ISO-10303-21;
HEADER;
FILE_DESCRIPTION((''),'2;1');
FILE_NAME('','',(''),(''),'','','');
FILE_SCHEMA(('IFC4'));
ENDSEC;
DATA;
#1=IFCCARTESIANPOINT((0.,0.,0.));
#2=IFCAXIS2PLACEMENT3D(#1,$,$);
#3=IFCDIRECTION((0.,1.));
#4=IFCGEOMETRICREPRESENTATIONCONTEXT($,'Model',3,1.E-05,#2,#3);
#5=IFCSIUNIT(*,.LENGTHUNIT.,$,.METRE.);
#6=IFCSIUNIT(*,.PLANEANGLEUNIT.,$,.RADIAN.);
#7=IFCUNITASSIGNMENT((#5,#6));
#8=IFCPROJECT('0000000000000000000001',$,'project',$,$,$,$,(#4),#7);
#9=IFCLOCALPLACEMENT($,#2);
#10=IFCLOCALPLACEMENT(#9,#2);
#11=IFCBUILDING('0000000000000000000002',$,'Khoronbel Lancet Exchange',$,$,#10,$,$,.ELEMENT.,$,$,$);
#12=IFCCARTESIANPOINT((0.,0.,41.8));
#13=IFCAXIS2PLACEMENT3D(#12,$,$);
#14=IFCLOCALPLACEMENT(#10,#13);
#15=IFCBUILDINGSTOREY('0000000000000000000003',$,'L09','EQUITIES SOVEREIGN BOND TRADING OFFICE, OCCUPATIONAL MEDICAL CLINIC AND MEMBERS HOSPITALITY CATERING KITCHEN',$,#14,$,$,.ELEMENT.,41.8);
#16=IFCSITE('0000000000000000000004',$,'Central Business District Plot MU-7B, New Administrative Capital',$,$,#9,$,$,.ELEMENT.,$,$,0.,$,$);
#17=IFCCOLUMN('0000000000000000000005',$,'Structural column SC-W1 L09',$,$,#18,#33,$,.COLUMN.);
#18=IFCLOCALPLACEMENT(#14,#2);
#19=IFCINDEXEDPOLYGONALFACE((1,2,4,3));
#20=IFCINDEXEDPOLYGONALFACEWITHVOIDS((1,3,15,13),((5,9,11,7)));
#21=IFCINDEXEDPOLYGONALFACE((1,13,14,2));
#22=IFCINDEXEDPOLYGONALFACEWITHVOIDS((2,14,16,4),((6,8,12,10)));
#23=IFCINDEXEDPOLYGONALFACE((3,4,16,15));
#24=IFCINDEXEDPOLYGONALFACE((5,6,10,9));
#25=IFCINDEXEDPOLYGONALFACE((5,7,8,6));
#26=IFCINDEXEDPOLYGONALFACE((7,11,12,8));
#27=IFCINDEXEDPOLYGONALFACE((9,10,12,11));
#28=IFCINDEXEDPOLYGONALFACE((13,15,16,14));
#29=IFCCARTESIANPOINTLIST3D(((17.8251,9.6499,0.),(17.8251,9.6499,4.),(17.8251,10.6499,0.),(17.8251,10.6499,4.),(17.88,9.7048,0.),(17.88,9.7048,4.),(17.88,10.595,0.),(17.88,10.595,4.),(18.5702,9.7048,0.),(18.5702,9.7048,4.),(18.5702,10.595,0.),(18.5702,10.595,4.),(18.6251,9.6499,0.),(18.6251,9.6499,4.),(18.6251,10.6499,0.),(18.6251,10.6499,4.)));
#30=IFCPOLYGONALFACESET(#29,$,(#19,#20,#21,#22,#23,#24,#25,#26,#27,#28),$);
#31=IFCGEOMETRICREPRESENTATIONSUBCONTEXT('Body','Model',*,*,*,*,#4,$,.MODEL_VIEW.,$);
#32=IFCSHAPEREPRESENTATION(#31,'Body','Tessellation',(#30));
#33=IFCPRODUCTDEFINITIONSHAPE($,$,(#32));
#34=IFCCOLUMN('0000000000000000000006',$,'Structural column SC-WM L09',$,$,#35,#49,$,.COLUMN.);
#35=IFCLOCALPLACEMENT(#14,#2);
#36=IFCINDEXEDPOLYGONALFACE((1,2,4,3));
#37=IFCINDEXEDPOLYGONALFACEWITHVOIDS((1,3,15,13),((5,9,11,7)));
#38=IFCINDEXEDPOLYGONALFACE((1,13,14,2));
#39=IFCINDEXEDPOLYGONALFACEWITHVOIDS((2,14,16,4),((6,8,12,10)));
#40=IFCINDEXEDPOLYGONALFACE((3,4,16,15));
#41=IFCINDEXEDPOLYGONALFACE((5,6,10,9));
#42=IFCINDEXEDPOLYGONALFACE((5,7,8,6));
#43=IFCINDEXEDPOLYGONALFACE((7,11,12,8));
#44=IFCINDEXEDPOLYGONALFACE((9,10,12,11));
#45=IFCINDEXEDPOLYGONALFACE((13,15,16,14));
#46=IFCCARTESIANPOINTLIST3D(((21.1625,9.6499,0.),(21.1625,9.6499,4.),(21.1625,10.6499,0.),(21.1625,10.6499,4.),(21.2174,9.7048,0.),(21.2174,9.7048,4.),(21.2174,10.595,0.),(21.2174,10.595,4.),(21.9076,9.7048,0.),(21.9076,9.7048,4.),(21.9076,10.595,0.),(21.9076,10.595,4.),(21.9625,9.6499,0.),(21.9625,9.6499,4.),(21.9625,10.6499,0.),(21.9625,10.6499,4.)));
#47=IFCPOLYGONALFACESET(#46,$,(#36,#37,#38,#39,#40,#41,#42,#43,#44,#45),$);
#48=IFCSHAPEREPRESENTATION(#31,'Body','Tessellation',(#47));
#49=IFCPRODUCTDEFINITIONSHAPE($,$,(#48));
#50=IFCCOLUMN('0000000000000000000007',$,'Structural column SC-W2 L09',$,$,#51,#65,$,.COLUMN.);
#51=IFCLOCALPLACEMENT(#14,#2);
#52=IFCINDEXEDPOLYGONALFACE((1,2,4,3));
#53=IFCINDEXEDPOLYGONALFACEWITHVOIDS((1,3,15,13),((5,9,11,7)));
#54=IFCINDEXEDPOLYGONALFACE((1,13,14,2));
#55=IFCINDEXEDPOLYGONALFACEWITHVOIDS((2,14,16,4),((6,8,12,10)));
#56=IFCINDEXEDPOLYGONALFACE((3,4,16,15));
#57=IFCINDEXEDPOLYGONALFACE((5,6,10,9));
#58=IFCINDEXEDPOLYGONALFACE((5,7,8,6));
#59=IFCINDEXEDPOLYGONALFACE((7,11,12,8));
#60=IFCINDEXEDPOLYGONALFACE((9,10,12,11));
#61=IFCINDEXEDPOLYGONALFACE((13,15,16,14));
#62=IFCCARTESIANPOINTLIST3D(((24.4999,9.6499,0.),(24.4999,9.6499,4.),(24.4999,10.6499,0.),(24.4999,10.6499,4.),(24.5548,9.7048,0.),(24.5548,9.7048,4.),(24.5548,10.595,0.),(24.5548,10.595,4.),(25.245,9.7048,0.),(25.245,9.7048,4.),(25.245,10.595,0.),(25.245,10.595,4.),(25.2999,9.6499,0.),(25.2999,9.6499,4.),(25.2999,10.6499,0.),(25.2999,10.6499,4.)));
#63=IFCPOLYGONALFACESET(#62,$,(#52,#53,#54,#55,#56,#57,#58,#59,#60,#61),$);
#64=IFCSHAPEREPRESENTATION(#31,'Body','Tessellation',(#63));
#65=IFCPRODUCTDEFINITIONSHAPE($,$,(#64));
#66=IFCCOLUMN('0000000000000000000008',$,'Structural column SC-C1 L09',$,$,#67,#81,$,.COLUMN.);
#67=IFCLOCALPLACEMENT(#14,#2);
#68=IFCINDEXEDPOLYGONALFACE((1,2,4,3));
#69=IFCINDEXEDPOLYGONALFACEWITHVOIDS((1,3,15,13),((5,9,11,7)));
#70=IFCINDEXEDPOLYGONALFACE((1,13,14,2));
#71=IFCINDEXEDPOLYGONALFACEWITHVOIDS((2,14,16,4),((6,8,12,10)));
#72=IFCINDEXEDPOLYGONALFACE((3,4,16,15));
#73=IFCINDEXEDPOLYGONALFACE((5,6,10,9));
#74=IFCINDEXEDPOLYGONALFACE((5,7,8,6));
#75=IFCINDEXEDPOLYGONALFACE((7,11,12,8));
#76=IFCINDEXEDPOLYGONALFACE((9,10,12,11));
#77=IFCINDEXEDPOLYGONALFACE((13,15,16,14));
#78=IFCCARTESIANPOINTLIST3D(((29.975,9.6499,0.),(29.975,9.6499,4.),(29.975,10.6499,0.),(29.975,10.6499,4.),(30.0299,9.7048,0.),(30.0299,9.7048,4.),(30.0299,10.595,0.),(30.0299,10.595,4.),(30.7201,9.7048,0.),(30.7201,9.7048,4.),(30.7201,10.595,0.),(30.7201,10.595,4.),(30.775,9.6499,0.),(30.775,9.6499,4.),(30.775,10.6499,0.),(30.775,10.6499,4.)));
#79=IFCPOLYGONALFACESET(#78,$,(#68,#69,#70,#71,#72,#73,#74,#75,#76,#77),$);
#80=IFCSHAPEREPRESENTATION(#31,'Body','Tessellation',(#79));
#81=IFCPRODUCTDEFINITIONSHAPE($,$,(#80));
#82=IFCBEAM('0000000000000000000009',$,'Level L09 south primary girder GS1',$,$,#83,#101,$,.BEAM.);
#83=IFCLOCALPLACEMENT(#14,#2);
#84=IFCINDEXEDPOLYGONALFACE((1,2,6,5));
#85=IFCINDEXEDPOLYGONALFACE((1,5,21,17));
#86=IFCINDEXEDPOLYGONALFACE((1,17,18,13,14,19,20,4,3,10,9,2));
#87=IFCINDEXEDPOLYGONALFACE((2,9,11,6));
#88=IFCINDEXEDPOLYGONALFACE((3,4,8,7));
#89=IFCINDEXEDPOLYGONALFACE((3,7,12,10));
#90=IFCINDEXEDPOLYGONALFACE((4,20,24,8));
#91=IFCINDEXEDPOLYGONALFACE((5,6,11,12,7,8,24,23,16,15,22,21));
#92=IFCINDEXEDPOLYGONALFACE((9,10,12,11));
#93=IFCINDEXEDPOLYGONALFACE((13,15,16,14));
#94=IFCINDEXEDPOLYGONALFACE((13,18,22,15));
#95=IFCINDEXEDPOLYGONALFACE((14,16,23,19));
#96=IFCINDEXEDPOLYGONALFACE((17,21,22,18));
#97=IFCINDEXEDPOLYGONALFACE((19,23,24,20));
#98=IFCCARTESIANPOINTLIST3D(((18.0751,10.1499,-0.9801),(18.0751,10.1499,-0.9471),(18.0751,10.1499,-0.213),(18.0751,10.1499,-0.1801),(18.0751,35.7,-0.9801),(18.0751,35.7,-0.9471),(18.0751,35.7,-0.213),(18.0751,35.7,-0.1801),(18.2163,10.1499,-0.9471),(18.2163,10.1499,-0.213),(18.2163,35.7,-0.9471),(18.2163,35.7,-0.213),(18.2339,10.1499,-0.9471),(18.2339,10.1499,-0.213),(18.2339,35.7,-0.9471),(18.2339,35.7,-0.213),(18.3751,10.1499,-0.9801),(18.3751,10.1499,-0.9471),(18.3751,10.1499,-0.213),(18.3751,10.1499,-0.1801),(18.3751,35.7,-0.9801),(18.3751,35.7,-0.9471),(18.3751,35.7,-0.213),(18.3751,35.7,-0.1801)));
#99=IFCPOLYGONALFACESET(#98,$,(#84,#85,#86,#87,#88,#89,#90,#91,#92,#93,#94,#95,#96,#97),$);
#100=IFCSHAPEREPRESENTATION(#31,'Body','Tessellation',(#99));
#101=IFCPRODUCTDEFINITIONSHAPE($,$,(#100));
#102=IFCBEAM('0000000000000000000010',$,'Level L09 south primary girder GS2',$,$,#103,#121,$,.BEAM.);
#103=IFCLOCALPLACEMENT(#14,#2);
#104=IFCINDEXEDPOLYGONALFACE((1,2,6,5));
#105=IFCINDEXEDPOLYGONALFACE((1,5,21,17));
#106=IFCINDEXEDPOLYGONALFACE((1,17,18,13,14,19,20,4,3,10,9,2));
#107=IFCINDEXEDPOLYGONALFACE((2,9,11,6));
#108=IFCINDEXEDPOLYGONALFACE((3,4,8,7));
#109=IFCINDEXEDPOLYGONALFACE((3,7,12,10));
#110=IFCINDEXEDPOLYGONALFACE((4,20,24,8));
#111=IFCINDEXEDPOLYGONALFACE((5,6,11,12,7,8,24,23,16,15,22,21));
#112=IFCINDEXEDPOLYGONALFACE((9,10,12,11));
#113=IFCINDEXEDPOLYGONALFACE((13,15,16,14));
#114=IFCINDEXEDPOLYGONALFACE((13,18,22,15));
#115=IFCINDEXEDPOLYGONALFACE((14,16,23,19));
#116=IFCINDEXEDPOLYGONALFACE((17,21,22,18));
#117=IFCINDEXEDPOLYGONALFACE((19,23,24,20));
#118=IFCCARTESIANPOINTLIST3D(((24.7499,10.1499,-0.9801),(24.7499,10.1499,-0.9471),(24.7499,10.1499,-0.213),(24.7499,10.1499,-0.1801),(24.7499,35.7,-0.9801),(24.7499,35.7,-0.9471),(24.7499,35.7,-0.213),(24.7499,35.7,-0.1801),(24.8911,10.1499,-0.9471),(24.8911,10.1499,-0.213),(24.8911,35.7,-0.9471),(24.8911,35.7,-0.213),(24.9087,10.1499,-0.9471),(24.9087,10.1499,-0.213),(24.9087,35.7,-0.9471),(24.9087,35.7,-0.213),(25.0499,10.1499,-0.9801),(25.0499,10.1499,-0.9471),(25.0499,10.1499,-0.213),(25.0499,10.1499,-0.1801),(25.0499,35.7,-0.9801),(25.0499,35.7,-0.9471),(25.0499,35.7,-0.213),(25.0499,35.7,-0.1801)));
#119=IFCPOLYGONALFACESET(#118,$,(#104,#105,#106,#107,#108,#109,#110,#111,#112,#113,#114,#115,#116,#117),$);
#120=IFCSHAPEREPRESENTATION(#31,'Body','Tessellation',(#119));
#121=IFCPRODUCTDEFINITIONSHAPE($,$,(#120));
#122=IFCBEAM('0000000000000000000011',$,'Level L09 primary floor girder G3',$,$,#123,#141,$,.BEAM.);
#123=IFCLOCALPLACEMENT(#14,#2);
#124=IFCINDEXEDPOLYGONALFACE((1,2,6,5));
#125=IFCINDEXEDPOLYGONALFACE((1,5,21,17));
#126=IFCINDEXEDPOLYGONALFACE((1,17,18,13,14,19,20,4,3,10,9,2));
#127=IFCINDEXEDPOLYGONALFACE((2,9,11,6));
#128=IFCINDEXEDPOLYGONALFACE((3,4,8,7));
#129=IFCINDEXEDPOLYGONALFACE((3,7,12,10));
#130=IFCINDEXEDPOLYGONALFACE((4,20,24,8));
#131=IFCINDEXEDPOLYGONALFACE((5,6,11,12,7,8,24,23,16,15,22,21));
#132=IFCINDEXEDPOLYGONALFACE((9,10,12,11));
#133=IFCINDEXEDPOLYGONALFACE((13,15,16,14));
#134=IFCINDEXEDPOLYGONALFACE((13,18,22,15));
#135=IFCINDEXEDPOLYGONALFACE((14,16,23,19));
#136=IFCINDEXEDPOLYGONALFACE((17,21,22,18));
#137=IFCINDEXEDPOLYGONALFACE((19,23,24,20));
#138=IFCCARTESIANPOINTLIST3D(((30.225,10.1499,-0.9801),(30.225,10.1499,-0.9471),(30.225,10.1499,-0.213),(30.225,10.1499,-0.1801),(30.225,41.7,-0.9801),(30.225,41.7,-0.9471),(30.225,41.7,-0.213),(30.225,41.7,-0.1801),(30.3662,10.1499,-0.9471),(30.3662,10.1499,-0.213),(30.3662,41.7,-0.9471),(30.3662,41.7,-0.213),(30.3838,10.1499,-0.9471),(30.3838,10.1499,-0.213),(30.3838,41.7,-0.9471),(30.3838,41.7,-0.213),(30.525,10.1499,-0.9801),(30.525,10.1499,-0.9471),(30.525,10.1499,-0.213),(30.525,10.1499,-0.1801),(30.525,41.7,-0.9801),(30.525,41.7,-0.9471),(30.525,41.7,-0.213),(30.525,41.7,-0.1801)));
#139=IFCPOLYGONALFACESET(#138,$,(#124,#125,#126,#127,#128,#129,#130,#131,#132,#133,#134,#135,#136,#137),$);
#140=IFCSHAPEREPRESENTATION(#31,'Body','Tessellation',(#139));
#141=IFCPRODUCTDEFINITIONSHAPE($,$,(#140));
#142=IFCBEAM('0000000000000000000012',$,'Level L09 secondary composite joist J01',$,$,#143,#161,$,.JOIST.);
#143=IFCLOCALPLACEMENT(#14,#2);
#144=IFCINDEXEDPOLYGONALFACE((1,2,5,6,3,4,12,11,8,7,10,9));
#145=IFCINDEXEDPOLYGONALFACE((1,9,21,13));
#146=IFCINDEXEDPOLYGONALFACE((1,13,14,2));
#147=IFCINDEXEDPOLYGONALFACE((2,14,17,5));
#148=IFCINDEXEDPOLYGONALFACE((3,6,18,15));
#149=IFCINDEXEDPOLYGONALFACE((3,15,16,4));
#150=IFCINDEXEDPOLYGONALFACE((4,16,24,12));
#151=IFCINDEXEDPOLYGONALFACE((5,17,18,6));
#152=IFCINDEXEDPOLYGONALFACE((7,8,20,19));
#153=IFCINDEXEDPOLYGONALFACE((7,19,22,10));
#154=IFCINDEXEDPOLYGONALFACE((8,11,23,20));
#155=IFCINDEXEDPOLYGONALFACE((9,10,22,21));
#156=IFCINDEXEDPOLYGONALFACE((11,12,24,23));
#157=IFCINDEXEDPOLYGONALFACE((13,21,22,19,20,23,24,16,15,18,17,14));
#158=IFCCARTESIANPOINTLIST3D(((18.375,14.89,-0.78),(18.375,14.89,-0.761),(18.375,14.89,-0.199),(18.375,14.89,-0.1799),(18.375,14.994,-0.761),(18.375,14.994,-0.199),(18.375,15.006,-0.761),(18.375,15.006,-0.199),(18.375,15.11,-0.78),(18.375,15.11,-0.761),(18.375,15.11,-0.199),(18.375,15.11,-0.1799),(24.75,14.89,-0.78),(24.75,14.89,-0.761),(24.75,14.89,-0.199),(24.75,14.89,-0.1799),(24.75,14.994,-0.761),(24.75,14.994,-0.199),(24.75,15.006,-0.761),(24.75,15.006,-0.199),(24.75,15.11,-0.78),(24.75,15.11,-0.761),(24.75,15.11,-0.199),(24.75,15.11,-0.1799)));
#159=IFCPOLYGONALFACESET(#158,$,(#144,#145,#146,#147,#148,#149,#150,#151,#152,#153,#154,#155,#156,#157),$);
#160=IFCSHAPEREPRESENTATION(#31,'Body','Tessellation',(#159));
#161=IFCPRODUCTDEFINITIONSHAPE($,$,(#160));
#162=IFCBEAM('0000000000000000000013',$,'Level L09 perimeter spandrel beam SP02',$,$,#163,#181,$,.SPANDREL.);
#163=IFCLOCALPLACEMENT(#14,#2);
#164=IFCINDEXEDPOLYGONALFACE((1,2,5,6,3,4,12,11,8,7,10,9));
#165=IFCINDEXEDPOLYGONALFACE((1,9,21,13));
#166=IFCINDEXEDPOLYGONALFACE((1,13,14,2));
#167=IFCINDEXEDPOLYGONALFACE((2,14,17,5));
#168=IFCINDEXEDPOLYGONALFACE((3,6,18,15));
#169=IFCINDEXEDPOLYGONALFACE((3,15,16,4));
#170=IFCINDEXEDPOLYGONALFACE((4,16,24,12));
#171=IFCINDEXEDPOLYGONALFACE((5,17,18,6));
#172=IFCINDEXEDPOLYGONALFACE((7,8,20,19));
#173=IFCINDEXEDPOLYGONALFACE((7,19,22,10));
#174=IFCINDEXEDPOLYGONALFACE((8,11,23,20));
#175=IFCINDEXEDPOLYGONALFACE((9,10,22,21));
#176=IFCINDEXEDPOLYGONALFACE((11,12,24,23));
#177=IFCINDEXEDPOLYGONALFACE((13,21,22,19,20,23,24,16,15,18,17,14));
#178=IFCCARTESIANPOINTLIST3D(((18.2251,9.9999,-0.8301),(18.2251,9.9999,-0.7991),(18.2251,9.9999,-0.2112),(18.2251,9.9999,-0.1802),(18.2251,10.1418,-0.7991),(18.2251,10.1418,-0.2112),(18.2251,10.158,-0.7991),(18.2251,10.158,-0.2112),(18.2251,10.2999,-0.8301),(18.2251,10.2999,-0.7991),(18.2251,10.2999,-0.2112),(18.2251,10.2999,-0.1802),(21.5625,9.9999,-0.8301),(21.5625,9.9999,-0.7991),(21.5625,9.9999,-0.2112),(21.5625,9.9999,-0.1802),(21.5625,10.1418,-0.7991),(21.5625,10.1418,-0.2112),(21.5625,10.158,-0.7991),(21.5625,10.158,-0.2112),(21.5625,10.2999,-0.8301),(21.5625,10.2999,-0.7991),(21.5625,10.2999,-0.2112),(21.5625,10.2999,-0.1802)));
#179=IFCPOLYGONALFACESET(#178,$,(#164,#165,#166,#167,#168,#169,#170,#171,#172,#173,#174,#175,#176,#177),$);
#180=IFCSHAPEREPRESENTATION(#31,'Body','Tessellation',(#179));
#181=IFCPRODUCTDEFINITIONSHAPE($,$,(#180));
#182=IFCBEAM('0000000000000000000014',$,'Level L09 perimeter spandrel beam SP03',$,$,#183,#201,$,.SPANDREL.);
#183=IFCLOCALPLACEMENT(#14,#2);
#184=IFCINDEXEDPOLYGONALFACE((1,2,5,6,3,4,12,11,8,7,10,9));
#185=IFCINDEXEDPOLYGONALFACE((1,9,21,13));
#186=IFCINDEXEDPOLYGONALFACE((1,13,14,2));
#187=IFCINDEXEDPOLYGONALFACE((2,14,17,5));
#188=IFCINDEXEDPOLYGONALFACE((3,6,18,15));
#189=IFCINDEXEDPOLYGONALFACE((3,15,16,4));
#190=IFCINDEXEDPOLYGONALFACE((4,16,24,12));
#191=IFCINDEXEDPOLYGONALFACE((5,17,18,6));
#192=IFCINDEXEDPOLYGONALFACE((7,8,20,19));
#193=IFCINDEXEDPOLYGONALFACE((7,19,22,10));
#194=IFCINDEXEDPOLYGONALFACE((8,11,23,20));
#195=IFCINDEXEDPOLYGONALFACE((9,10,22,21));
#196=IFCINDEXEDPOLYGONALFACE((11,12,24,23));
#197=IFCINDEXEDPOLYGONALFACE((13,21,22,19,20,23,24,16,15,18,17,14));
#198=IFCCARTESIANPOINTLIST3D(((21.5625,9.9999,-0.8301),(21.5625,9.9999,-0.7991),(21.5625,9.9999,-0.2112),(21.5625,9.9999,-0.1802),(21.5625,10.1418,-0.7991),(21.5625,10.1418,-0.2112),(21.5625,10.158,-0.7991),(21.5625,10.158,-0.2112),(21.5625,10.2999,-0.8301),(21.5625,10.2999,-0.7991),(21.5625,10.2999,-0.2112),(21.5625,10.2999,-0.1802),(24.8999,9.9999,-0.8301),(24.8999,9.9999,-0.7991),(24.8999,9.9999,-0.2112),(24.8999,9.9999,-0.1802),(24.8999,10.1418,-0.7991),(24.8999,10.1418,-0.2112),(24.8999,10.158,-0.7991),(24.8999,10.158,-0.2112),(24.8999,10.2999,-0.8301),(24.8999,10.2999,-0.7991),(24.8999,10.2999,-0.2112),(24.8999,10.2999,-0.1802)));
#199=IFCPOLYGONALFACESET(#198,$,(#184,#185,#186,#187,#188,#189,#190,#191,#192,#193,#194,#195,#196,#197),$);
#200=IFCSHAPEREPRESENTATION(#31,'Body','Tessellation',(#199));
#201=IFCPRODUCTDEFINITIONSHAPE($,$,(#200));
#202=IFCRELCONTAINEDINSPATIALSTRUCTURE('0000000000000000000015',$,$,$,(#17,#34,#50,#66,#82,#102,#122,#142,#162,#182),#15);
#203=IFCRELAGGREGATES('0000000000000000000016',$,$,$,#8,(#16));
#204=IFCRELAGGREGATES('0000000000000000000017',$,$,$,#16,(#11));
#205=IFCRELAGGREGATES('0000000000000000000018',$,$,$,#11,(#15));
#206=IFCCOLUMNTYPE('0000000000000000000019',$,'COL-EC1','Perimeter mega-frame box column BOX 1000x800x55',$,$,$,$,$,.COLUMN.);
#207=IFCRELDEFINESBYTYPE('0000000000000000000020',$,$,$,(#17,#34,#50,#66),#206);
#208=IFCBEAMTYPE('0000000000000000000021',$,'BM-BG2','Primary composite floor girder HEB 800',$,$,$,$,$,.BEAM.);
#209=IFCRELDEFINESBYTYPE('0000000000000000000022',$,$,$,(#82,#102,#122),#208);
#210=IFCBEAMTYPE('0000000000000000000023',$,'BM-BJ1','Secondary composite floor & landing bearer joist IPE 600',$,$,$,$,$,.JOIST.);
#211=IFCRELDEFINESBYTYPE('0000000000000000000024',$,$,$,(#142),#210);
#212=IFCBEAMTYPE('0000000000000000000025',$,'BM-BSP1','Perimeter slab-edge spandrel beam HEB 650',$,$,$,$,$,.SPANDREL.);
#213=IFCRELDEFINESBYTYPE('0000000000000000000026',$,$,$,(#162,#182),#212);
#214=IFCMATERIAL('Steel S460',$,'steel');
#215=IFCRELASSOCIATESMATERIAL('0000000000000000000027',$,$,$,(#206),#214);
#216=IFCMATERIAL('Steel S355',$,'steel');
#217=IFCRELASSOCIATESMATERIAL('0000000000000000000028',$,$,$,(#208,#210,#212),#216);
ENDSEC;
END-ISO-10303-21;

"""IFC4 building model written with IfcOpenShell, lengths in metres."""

from ifc_helpers import new_model, si_unit, direction, frame, origin, origin_2d, place, context, subcontext, project, spatial, hollow_rectangle, i_section, extrude, material, material_profile, profile_set, type_object, element, save


model = new_model("IFC4")

# Units and contexts
model_context = context("Model", 3, precision=1e-05, world=origin(), true_north=direction((0.0, 1.0)))
body_context = subcontext(model_context, "Body", "Model", "MODEL_VIEW")
ifc_project = project(units=[si_unit("LENGTHUNIT", "METRE"), si_unit("PLANEANGLEUNIT", "RADIAN")], contexts=[model_context])

# Site, building, storey
site_placement = place(None, origin())
site = spatial("IfcSite", under=ifc_project, at=site_placement, Name="Central Business District Plot MU-7B, New Administrative Capital", CompositionType="ELEMENT", RefElevation=0.0)
building_placement = place(site_placement, origin())
building = spatial("IfcBuilding", under=site, at=building_placement, Name="Khoronbel Lancet Exchange", CompositionType="ELEMENT")
storey_placement = place(building_placement, frame((0.0, 0.0, 41.8)))
storey = spatial("IfcBuildingStorey", under=building, at=storey_placement, Name="L09", Description="EQUITIES SOVEREIGN BOND TRADING OFFICE, OCCUPATIONAL MEDICAL CLINIC AND MEMBERS HOSPITALITY CATERING KITCHEN", CompositionType="ELEMENT", Elevation=41.8)

# Columns
ifc_material_1 = material(Name="Steel S460", Category="steel")
ifc_material_profile_1 = material_profile(ifc_material_1, hollow_rectangle(XDim=0.8, YDim=1.0, WallThickness=0.0549, at=origin_2d()), Name="BOX 1000x800x55")
ifc_profile_set_1 = profile_set([ifc_material_profile_1], Name="Steel S460")
column_type = type_object("IfcColumnType", Name="COL-EC1", Description="Perimeter mega-frame box column BOX 1000x800x55", PredefinedType="COLUMN", material=ifc_profile_set_1)
for number, where, z_axis, x_axis, name in (
    (1, (18.2251, 10.1499, 0.0), (0.0, 0.0, 1.0), (1.0, 0.0, 0.0), "Structural column SC-W1 L09"),
    (2, (21.5625, 10.1499, 0.0), (0.0, 0.0, 1.0), (1.0, 0.0, 0.0), "Structural column SC-WM L09"),
    (3, (24.8999, 10.1499, 0.0), (0.0, 0.0, 1.0), (1.0, 0.0, 0.0), "Structural column SC-W2 L09"),
    (4, (30.375, 10.1499, 0.0), (0.0, 0.0, 1.0), (1.0, 0.0, 0.0), "Structural column SC-C1 L09"),
):
    element("IfcColumn", number, at=place(storey_placement, frame(where, z_axis=z_axis, x_axis=x_axis)), inside=storey, type_object=column_type, Name=name, PredefinedType="COLUMN", context=body_context, shape_type="SweptSolid", body=[
        extrude(hollow_rectangle(XDim=0.8, YDim=1.0, WallThickness=0.0549, at=origin_2d()), origin(), (0.0, 0.0, 1.0), 4.0),
    ])

# Beams
ifc_material_2 = material(Name="Steel S355", Category="steel")
ifc_material_profile_2 = material_profile(ifc_material_2, i_section(OverallWidth=0.3, OverallDepth=0.8, WebThickness=0.0176, FlangeThickness=0.033, at=origin_2d()), Name="HEB 800")
ifc_profile_set_2 = profile_set([ifc_material_profile_2], Name="Steel S355")
beam_type_1 = type_object("IfcBeamType", Name="BM-BG2", Description="Primary composite floor girder HEB 800", PredefinedType="BEAM", material=ifc_profile_set_2)
for number, where, z_axis, x_axis, name in (
    (5, (18.2251, 10.1499, -0.5801), (0.0, 1.0, 0.0), (-1.0, 0.0, 0.0), "Level L09 south primary girder GS1"),
    (6, (24.8999, 10.1499, -0.5801), (0.0, 1.0, 0.0), (-1.0, 0.0, 0.0), "Level L09 south primary girder GS2"),
):
    element("IfcBeam", number, at=place(storey_placement, frame(where, z_axis=z_axis, x_axis=x_axis)), inside=storey, type_object=beam_type_1, Name=name, PredefinedType="BEAM", context=body_context, shape_type="SweptSolid", body=[
        extrude(i_section(OverallWidth=0.3, OverallDepth=0.8, WebThickness=0.0176, FlangeThickness=0.033, at=origin_2d()), origin(), (0.0, 0.0, 1.0), 25.55),
    ])
beam_1_placement = place(storey_placement, frame((30.375, 10.1499, -0.5801), z_axis=(0.0, 1.0, 0.0), x_axis=(-1.0, 0.0, 0.0)))
element("IfcBeam", 7, at=beam_1_placement, inside=storey, type_object=beam_type_1, Name="Level L09 primary floor girder G3", PredefinedType="BEAM", context=body_context, shape_type="SweptSolid", body=[
    extrude(i_section(OverallWidth=0.3, OverallDepth=0.8, WebThickness=0.0176, FlangeThickness=0.033, at=origin_2d()), origin(), (0.0, 0.0, 1.0), 31.55),
])
ifc_material_profile_3 = material_profile(ifc_material_2, i_section(OverallWidth=0.22, OverallDepth=0.6001, WebThickness=0.012, FlangeThickness=0.019, at=origin_2d()), Name="IPE 600")
ifc_profile_set_3 = profile_set([ifc_material_profile_3], Name="Steel S355")
beam_type_2 = type_object("IfcBeamType", Name="BM-BJ1", Description="Secondary composite floor & landing bearer joist IPE 600", PredefinedType="JOIST", material=ifc_profile_set_3)
beam_2_placement = place(storey_placement, frame((18.375, 15.0, -0.48), z_axis=(1.0, 0.0, 0.0), x_axis=(0.0, 1.0, 0.0)))
element("IfcBeam", 8, at=beam_2_placement, inside=storey, type_object=beam_type_2, Name="Level L09 secondary composite joist J01", PredefinedType="JOIST", context=body_context, shape_type="SweptSolid", body=[
    extrude(i_section(OverallWidth=0.22, OverallDepth=0.6001, WebThickness=0.012, FlangeThickness=0.019, at=origin_2d()), origin(), (0.0, 0.0, 1.0), 6.375),
])
ifc_material_profile_4 = material_profile(ifc_material_2, i_section(OverallWidth=0.3, OverallDepth=0.6499, WebThickness=0.0161, FlangeThickness=0.031, at=origin_2d()), Name="HEB 650")
ifc_profile_set_4 = profile_set([ifc_material_profile_4], Name="Steel S355")
beam_type_3 = type_object("IfcBeamType", Name="BM-BSP1", Description="Perimeter slab-edge spandrel beam HEB 650", PredefinedType="SPANDREL", material=ifc_profile_set_4)
for number, where, z_axis, x_axis, name in (
    (9, (18.2251, 10.1499, -0.5051), (1.0, 0.0, 0.0), (0.0, 1.0, 0.0), "Level L09 perimeter spandrel beam SP02"),
    (10, (21.5625, 10.1499, -0.5051), (1.0, 0.0, 0.0), (0.0, 1.0, 0.0), "Level L09 perimeter spandrel beam SP03"),
):
    element("IfcBeam", number, at=place(storey_placement, frame(where, z_axis=z_axis, x_axis=x_axis)), inside=storey, type_object=beam_type_3, Name=name, PredefinedType="SPANDREL", context=body_context, shape_type="SweptSolid", body=[
        extrude(i_section(OverallWidth=0.3, OverallDepth=0.6499, WebThickness=0.0161, FlangeThickness=0.031, at=origin_2d()), origin(), (0.0, 0.0, 1.0), 3.3374),
    ])

save(model, "model.ifc")
